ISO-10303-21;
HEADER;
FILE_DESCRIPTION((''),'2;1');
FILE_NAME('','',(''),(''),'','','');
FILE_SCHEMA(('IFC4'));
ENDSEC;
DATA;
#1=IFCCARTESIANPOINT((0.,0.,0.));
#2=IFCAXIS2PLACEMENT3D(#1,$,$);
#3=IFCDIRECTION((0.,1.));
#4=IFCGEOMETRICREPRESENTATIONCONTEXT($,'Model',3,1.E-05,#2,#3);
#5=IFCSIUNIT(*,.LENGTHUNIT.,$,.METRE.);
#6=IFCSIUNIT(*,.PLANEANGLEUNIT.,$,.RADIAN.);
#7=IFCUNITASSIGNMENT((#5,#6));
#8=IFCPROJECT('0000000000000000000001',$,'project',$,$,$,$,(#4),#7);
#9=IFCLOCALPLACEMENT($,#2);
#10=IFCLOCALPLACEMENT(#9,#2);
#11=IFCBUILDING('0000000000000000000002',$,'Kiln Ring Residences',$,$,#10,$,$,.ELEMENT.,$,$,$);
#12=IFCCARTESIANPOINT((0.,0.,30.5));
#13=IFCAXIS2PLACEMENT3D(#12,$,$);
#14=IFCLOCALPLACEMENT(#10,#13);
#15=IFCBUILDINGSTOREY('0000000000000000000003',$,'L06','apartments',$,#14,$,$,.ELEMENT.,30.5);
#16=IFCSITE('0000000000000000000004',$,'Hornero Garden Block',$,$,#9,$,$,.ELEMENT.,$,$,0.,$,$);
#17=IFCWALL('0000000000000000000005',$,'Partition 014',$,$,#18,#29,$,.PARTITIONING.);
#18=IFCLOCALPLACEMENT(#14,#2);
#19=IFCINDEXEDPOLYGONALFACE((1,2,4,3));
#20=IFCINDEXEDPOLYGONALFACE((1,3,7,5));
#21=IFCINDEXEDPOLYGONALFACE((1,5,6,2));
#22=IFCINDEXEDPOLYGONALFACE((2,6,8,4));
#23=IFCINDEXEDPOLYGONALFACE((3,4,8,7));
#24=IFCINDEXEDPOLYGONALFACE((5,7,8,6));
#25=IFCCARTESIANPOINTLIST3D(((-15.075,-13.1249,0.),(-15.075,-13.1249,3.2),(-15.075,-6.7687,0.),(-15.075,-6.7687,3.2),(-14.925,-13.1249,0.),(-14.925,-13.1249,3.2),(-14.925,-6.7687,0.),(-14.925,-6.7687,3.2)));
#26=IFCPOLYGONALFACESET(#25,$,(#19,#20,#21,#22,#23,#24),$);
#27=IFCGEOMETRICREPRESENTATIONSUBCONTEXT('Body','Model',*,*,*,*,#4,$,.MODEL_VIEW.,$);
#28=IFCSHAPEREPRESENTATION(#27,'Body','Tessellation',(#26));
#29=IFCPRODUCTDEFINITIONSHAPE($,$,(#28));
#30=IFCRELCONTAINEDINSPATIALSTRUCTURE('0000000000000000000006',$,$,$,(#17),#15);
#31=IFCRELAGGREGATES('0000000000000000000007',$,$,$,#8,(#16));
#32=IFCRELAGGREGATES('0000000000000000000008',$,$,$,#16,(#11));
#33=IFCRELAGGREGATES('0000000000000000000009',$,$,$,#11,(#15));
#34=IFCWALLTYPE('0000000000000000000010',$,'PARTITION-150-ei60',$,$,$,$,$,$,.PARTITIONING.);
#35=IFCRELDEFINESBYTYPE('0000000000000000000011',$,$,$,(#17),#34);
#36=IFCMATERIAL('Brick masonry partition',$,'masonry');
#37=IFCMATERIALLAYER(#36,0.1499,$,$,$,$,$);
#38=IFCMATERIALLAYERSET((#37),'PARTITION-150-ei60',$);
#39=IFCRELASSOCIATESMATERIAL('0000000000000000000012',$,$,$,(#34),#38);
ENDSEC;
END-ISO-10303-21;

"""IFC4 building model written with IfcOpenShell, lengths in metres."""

from ifc_helpers import new_model, si_unit, direction, frame, frame_2d, origin, place, context, subcontext, project, spatial, rectangle, extrude, material, layer, layer_set, type_object, element, save


model = new_model("IFC4")

# Units and contexts
model_context = context("Model", 3, precision=1e-05, world=origin(), true_north=direction((0.0, 1.0)))
body_context = subcontext(model_context, "Body", "Model", "MODEL_VIEW")
ifc_project = project(units=[si_unit("LENGTHUNIT", "METRE"), si_unit("PLANEANGLEUNIT", "RADIAN")], contexts=[model_context])

# Site, building, storey
site_placement = place(None, origin())
site = spatial("IfcSite", under=ifc_project, at=site_placement, Name="Hornero Garden Block", CompositionType="ELEMENT", RefElevation=0.0)
building_placement = place(site_placement, origin())
building = spatial("IfcBuilding", under=site, at=building_placement, Name="Kiln Ring Residences", CompositionType="ELEMENT")
storey_placement = place(building_placement, frame((0.0, 0.0, 30.5)))
storey = spatial("IfcBuildingStorey", under=building, at=storey_placement, Name="L06", Description="apartments", CompositionType="ELEMENT", Elevation=30.5)

# Shared definitions
ifc_material_1 = material(Name="Brick masonry partition", Category="masonry")
ifc_layer_1 = layer(ifc_material_1, 0.1499)
ifc_layer_set_1 = layer_set([ifc_layer_1], Name="PARTITION-150-ei60")
wall_type_1 = type_object("IfcWallType", Name="PARTITION-150-ei60", PredefinedType="PARTITIONING", material=ifc_layer_set_1)

# Wall
wall_1_placement = place(storey_placement, frame((-15.0, -13.125, 0.0), z_axis=(0.0, 0.0, 1.0), x_axis=(0.0, 1.0, 0.0)))
element("IfcWall", 1, at=wall_1_placement, inside=storey, type_object=wall_type_1, Name="Partition 014", PredefinedType="PARTITIONING", context=body_context, shape_type="SweptSolid", body=[
    extrude(rectangle(XDim=6.3562, YDim=0.1499, at=frame_2d((3.1782, 0.0))), origin(), (0.0, 0.0, 1.0), 3.2),
])

save(model, "model.ifc")
